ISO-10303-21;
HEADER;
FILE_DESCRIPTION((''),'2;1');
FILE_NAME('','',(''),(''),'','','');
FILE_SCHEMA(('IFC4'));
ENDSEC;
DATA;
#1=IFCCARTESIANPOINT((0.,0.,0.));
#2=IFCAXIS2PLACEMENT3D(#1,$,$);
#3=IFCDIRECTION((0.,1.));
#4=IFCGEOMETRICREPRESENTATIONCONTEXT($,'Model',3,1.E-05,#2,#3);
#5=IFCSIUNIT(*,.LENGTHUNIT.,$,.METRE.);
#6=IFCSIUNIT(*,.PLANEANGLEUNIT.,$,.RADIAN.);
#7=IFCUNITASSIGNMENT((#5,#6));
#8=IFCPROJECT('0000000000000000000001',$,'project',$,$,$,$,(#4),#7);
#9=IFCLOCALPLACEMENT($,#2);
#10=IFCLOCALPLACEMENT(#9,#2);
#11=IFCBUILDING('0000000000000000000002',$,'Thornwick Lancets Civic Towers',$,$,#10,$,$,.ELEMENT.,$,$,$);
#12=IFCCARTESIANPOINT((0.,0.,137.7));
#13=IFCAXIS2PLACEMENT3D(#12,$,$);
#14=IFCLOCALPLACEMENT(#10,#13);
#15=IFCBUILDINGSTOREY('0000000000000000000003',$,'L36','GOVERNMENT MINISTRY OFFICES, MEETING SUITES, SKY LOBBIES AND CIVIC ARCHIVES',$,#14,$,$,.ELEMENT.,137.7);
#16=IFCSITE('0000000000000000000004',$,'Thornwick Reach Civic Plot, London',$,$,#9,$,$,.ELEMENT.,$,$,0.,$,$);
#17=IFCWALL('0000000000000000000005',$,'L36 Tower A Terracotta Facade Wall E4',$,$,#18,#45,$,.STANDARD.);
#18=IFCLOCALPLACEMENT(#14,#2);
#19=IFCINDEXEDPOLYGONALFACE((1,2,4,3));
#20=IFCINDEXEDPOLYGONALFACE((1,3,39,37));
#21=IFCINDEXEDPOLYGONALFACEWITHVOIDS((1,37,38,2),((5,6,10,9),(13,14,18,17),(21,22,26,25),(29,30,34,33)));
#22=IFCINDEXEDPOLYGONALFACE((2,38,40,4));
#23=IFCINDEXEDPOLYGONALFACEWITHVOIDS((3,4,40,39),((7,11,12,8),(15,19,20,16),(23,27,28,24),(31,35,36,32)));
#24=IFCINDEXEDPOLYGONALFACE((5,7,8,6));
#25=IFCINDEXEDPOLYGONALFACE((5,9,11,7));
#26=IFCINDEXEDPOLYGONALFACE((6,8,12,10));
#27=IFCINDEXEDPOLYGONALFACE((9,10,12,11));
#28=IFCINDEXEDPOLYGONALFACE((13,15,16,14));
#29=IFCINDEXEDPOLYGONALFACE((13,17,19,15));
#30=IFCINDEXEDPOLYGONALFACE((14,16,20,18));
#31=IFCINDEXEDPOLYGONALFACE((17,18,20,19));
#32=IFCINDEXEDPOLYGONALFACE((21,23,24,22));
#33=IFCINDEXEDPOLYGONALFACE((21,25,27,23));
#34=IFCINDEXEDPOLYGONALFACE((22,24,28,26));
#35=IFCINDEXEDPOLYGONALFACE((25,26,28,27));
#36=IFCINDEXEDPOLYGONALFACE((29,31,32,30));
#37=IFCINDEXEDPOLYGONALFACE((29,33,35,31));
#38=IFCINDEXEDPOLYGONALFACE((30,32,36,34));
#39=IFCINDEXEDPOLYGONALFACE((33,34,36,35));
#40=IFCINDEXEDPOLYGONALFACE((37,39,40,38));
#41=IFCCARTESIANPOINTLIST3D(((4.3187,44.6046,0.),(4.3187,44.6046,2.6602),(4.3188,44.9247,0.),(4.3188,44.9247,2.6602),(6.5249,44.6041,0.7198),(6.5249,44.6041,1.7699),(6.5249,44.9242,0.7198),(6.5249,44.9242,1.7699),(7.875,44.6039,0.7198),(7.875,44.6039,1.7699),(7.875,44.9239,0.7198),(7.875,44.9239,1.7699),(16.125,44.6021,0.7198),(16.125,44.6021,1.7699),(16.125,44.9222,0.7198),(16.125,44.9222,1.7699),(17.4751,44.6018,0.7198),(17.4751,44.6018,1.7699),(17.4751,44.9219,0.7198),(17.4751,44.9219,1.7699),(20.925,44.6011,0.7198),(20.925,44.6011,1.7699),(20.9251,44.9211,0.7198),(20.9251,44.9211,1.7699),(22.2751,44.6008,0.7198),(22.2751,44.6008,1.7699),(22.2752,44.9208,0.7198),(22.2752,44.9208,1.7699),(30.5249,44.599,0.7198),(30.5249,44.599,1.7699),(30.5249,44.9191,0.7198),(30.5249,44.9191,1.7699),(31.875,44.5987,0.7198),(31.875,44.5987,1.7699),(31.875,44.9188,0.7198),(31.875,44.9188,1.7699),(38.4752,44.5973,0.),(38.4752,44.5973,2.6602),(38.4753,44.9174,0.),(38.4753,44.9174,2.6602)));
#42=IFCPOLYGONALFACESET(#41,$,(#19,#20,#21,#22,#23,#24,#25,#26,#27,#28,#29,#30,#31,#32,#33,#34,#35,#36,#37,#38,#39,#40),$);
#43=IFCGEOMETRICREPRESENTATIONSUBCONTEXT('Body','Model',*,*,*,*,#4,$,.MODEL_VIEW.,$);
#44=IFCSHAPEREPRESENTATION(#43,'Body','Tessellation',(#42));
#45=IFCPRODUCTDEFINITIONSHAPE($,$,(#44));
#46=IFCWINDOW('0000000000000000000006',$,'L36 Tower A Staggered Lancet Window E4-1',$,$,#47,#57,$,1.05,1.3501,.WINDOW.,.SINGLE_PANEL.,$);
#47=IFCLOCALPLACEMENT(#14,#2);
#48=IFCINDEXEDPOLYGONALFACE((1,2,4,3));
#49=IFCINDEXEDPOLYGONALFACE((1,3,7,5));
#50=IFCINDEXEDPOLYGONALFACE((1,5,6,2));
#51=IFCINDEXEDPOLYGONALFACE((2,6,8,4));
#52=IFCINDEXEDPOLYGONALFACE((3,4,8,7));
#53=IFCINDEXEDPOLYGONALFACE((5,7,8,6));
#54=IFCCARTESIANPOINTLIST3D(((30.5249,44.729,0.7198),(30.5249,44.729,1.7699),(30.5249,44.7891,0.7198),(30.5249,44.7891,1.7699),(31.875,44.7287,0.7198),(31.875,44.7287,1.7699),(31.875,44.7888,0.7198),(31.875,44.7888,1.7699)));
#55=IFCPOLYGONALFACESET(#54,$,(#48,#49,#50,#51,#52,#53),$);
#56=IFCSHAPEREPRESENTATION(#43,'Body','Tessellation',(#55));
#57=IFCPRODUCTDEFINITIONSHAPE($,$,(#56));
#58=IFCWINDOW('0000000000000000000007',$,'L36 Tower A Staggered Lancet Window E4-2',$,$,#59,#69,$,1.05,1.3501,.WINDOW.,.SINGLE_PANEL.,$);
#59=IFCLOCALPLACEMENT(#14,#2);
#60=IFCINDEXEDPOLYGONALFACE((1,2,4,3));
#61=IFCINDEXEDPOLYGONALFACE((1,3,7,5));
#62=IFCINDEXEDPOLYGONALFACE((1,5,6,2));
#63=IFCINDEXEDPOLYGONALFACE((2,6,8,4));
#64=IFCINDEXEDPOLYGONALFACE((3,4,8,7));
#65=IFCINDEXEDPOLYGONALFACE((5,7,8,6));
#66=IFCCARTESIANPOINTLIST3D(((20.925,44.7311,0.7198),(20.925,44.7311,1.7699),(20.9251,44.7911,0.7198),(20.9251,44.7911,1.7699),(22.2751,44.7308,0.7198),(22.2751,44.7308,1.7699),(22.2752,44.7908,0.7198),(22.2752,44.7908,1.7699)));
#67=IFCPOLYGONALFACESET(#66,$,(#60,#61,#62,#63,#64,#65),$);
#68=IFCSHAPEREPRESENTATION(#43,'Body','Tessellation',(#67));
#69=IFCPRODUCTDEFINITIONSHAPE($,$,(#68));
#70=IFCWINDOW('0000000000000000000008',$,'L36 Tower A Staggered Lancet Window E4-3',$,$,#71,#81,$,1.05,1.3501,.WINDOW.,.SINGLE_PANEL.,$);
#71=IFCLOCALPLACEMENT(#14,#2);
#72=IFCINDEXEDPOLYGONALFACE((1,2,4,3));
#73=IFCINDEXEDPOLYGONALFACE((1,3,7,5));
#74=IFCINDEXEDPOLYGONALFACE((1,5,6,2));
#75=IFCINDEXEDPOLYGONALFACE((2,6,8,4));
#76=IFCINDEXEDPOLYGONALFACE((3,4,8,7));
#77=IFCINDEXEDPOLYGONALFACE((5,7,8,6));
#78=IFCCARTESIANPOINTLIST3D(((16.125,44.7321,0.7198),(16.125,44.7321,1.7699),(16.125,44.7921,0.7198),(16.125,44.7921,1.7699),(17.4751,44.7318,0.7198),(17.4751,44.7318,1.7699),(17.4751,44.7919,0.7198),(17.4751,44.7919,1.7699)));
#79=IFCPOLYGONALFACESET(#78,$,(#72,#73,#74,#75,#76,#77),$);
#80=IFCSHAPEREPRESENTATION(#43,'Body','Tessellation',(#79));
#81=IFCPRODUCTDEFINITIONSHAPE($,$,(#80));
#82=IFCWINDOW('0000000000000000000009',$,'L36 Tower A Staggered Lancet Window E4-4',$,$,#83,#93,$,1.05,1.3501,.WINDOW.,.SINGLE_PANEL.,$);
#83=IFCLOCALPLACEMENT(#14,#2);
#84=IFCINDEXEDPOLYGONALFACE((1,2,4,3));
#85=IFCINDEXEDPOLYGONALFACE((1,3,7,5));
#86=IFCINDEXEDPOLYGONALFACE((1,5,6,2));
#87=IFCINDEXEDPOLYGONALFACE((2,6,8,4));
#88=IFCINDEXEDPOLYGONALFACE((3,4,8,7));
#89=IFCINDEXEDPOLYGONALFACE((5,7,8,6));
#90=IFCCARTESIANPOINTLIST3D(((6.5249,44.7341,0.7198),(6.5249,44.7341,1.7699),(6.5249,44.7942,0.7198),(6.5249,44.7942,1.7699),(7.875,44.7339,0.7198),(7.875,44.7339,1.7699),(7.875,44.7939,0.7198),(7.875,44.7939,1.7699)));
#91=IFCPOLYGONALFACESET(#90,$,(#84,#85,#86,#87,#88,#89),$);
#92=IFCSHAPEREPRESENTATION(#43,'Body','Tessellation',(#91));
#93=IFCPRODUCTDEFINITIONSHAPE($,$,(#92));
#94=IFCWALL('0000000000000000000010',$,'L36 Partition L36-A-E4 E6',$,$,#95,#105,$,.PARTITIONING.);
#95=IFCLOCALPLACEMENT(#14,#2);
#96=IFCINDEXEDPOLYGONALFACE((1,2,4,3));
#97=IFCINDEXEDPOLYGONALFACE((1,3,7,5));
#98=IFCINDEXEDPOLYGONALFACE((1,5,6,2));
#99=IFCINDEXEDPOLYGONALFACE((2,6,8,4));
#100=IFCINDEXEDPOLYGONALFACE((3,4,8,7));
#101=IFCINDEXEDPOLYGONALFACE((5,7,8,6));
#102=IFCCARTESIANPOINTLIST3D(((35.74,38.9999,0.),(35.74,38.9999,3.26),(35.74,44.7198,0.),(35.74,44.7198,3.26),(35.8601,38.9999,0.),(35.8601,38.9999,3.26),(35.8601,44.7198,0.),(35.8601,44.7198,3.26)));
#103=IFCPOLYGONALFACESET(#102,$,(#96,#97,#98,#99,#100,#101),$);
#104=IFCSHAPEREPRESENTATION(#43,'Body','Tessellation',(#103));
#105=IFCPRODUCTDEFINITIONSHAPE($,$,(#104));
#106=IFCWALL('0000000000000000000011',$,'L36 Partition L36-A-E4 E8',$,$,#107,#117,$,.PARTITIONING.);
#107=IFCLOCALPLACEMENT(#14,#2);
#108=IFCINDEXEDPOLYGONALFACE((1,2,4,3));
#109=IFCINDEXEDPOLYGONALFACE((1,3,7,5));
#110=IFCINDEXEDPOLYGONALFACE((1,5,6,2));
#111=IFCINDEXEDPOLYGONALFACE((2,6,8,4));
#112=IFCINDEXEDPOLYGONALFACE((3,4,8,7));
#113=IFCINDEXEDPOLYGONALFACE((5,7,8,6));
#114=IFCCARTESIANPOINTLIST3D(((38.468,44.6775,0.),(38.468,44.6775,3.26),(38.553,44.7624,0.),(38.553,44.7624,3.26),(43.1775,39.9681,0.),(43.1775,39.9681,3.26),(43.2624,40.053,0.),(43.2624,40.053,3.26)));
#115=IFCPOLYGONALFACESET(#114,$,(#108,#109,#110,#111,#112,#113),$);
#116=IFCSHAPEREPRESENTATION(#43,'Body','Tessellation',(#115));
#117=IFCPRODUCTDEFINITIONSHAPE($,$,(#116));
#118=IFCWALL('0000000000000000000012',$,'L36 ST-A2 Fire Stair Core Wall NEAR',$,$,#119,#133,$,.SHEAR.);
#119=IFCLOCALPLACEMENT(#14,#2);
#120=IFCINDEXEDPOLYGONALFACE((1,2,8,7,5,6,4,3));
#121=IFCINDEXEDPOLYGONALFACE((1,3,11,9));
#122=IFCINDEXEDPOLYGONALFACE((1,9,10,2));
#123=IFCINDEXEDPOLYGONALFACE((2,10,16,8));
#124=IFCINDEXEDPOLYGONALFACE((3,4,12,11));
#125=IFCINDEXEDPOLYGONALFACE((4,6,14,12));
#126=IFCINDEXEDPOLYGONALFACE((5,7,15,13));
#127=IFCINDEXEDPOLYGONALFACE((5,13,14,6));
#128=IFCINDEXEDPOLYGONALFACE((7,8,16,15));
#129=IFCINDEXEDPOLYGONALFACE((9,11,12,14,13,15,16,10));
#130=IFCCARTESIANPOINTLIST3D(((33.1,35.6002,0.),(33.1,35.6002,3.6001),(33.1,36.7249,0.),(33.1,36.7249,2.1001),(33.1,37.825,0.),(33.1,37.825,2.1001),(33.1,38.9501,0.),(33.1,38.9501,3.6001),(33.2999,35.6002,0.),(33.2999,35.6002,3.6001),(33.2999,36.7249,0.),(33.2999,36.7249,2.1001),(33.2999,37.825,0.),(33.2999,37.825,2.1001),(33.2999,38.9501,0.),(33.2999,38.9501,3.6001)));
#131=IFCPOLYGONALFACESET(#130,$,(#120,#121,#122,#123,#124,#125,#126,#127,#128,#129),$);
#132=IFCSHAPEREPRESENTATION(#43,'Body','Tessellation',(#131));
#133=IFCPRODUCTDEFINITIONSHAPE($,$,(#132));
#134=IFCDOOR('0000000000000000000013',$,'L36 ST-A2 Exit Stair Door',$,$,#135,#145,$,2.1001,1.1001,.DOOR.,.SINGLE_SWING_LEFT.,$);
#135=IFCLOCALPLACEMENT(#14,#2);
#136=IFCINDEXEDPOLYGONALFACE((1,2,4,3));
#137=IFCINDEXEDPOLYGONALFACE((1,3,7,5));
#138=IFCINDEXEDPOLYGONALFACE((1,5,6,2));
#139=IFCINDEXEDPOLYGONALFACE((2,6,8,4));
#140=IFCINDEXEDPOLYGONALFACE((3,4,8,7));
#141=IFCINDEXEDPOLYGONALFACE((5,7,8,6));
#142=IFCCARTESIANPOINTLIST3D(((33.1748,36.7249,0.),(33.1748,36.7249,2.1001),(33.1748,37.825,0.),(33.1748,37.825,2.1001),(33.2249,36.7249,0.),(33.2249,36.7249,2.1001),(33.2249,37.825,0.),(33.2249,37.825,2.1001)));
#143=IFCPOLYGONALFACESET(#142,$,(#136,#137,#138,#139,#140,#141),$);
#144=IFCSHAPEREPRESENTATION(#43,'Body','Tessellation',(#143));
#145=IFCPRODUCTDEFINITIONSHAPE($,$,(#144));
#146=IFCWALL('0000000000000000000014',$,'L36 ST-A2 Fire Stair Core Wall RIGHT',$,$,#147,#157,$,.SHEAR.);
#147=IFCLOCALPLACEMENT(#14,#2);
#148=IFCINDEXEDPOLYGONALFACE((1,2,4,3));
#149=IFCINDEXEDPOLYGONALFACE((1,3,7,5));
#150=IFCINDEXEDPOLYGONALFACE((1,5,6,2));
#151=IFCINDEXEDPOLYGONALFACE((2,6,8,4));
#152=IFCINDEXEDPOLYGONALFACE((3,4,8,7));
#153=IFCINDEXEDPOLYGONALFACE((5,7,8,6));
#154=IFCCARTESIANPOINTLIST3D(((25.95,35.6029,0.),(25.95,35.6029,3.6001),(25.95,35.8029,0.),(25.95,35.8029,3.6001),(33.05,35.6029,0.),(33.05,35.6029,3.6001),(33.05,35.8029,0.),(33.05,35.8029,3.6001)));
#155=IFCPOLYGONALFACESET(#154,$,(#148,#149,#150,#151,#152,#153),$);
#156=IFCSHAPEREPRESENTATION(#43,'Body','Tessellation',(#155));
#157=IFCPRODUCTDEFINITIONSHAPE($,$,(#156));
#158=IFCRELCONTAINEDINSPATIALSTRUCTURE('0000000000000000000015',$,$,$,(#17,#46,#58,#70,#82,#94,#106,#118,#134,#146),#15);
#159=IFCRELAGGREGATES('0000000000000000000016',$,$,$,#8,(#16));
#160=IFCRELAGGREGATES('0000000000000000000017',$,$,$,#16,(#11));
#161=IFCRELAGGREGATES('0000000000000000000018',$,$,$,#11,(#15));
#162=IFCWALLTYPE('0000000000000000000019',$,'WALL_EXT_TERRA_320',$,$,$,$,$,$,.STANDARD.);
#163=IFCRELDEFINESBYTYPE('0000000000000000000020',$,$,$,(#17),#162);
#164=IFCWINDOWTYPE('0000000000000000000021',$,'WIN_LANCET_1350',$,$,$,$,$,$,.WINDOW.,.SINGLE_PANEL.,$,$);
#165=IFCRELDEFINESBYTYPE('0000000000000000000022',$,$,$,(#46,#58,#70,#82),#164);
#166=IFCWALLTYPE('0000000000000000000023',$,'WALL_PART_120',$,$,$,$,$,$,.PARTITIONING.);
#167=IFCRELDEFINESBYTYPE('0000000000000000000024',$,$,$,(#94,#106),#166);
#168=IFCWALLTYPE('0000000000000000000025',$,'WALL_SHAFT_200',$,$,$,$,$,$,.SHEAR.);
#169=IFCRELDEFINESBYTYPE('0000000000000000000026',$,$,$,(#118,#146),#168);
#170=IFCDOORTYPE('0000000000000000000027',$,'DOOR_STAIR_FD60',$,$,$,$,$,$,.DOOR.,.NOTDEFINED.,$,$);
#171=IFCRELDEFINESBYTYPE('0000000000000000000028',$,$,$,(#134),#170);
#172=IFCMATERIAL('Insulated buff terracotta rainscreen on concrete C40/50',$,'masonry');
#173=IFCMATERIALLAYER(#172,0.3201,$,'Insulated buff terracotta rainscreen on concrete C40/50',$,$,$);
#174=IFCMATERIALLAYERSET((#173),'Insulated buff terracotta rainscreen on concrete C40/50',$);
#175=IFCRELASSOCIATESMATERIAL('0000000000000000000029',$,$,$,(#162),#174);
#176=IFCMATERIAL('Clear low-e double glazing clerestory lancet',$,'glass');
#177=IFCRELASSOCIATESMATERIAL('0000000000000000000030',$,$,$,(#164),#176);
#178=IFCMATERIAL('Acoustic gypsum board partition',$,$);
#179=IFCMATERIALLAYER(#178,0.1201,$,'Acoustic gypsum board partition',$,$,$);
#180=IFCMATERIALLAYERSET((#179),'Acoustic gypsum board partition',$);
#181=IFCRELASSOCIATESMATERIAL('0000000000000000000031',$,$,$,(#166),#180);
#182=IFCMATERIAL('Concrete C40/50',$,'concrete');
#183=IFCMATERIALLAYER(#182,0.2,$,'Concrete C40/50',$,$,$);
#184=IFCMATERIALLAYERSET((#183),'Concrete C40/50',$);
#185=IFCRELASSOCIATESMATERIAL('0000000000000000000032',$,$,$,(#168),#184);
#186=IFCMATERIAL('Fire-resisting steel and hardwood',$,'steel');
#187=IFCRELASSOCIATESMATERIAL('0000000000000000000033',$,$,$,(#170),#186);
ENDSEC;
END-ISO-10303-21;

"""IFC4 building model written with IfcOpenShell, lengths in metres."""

from ifc_helpers import new_model, si_unit, direction, frame, frame_2d, origin, place, context, subcontext, project, spatial, rectangle, extrude, material, layer, layer_set, type_object, element, fill, save


model = new_model("IFC4")

# Units and contexts
model_context = context("Model", 3, precision=1e-05, world=origin(), true_north=direction((0.0, 1.0)))
body_context = subcontext(model_context, "Body", "Model", "MODEL_VIEW")
ifc_project = project(units=[si_unit("LENGTHUNIT", "METRE"), si_unit("PLANEANGLEUNIT", "RADIAN")], contexts=[model_context])

# Site, building, storey
site_placement = place(None, origin())
site = spatial("IfcSite", under=ifc_project, at=site_placement, Name="Thornwick Reach Civic Plot, London", CompositionType="ELEMENT", RefElevation=0.0)
building_placement = place(site_placement, origin())
building = spatial("IfcBuilding", under=site, at=building_placement, Name="Thornwick Lancets Civic Towers", CompositionType="ELEMENT")
storey_placement = place(building_placement, frame((0.0, 0.0, 137.7)))
storey = spatial("IfcBuildingStorey", under=building, at=storey_placement, Name="L36", Description="GOVERNMENT MINISTRY OFFICES, MEETING SUITES, SKY LOBBIES AND CIVIC ARCHIVES", CompositionType="ELEMENT", Elevation=137.7)

# Shared definitions
ifc_material_1 = material(Name="Concrete C40/50", Category="concrete")

# Wall, openings, windows
ifc_material_2 = material(Name="Insulated buff terracotta rainscreen on concrete C40/50", Category="masonry")
ifc_layer_1 = layer(ifc_material_2, 0.3201, Name="Insulated buff terracotta rainscreen on concrete C40/50")
ifc_layer_set_1 = layer_set([ifc_layer_1], Name="Insulated buff terracotta rainscreen on concrete C40/50")
wall_type_1 = type_object("IfcWallType", Name="WALL_EXT_TERRA_320", PredefinedType="STANDARD", material=ifc_layer_set_1)
wall_1_placement = place(storey_placement, frame((38.4751, 44.7573, 0.0), z_axis=(0.0, 0.0, 1.0), x_axis=(-1.0, 0.000214, 0.0)))
wall_1 = element("IfcWall", 1, at=wall_1_placement, inside=storey, type_object=wall_type_1, Name="L36 Tower A Terracotta Facade Wall E4", PredefinedType="STANDARD", context=body_context, shape_type="SweptSolid", body=[
    extrude(rectangle(XDim=34.1565, YDim=0.3201, at=frame_2d((17.0781, 0.0))), origin(), (0.0, 0.0, 1.0), 2.6602),
])
opening_1_placement = place(wall_1_placement, frame((6.6001, 0.0, 0.72)))
opening_1 = element("IfcOpeningElement", 2, at=opening_1_placement, cuts=wall_1, PredefinedType="OPENING", context=body_context, shape_type="SweptSolid", body=[
    extrude(rectangle(XDim=1.3501, YDim=1.05, at=frame_2d((0.675, 0.5249))), frame((0.0, 0.1699, 0.0), z_axis=(0.0, -1.0, 0.0), x_axis=(1.0, 0.0, 0.0)), (0.0, 0.0, 1.0), 0.3401),
])
opening_2_placement = place(wall_1_placement, frame((16.2, 0.0, 0.72)))
opening_2 = element("IfcOpeningElement", 3, at=opening_2_placement, cuts=wall_1, PredefinedType="OPENING", context=body_context, shape_type="SweptSolid", body=[
    extrude(rectangle(XDim=1.3501, YDim=1.05, at=frame_2d((0.675, 0.5249))), frame((0.0, 0.1699, 0.0), z_axis=(0.0, -1.0, 0.0), x_axis=(1.0, 0.0, 0.0)), (0.0, 0.0, 1.0), 0.3401),
])
opening_3_placement = place(wall_1_placement, frame((21.0, 0.0, 0.72)))
opening_3 = element("IfcOpeningElement", 4, at=opening_3_placement, cuts=wall_1, PredefinedType="OPENING", context=body_context, shape_type="SweptSolid", body=[
    extrude(rectangle(XDim=1.3501, YDim=1.05, at=frame_2d((0.675, 0.5249))), frame((0.0, 0.1699, 0.0), z_axis=(0.0, -1.0, 0.0), x_axis=(1.0, 0.0, 0.0)), (0.0, 0.0, 1.0), 0.3401),
])
opening_4_placement = place(wall_1_placement, frame((30.6001, 0.0, 0.72)))
opening_4 = element("IfcOpeningElement", 5, at=opening_4_placement, cuts=wall_1, PredefinedType="OPENING", context=body_context, shape_type="SweptSolid", body=[
    extrude(rectangle(XDim=1.3501, YDim=1.05, at=frame_2d((0.675, 0.5249))), frame((0.0, 0.1699, 0.0), z_axis=(0.0, -1.0, 0.0), x_axis=(1.0, 0.0, 0.0)), (0.0, 0.0, 1.0), 0.3401),
])
ifc_material_3 = material(Name="Clear low-e double glazing clerestory lancet", Category="glass")
window_type = type_object("IfcWindowType", Name="WIN_LANCET_1350", PartitioningType="SINGLE_PANEL", PredefinedType="WINDOW", material=ifc_material_3)
window_1_placement = place(opening_1_placement, origin())
window_1 = element("IfcWindow", 6, at=window_1_placement, inside=storey, type_object=window_type, Name="L36 Tower A Staggered Lancet Window E4-1", OverallHeight=1.05, OverallWidth=1.3501, PartitioningType="SINGLE_PANEL", PredefinedType="WINDOW", context=body_context, shape_type="SweptSolid", body=[
    extrude(rectangle(XDim=1.3501, YDim=1.05, at=frame_2d((0.675, 0.5249))), frame((0.0, 0.03, 0.0), z_axis=(0.0, -1.0, 0.0), x_axis=(1.0, 0.0, 0.0)), (0.0, 0.0, 1.0), 0.0601),
])
fill(opening_1, window_1)
window_2_placement = place(opening_2_placement, origin())
window_2 = element("IfcWindow", 7, at=window_2_placement, inside=storey, type_object=window_type, Name="L36 Tower A Staggered Lancet Window E4-2", OverallHeight=1.05, OverallWidth=1.3501, PartitioningType="SINGLE_PANEL", PredefinedType="WINDOW", context=body_context, shape_type="SweptSolid", body=[
    extrude(rectangle(XDim=1.3501, YDim=1.05, at=frame_2d((0.675, 0.5249))), frame((0.0, 0.03, 0.0), z_axis=(0.0, -1.0, 0.0), x_axis=(1.0, 0.0, 0.0)), (0.0, 0.0, 1.0), 0.0601),
])
fill(opening_2, window_2)
window_3_placement = place(opening_3_placement, origin())
window_3 = element("IfcWindow", 8, at=window_3_placement, inside=storey, type_object=window_type, Name="L36 Tower A Staggered Lancet Window E4-3", OverallHeight=1.05, OverallWidth=1.3501, PartitioningType="SINGLE_PANEL", PredefinedType="WINDOW", context=body_context, shape_type="SweptSolid", body=[
    extrude(rectangle(XDim=1.3501, YDim=1.05, at=frame_2d((0.675, 0.5249))), frame((0.0, 0.03, 0.0), z_axis=(0.0, -1.0, 0.0), x_axis=(1.0, 0.0, 0.0)), (0.0, 0.0, 1.0), 0.0601),
])
fill(opening_3, window_3)
window_4_placement = place(opening_4_placement, origin())
window_4 = element("IfcWindow", 9, at=window_4_placement, inside=storey, type_object=window_type, Name="L36 Tower A Staggered Lancet Window E4-4", OverallHeight=1.05, OverallWidth=1.3501, PartitioningType="SINGLE_PANEL", PredefinedType="WINDOW", context=body_context, shape_type="SweptSolid", body=[
    extrude(rectangle(XDim=1.3501, YDim=1.05, at=frame_2d((0.675, 0.5249))), frame((0.0, 0.03, 0.0), z_axis=(0.0, -1.0, 0.0), x_axis=(1.0, 0.0, 0.0)), (0.0, 0.0, 1.0), 0.0601),
])
fill(opening_4, window_4)

# Walls
ifc_material_4 = material(Name="Acoustic gypsum board partition")
ifc_layer_2 = layer(ifc_material_4, 0.1201, Name="Acoustic gypsum board partition")
ifc_layer_set_2 = layer_set([ifc_layer_2], Name="Acoustic gypsum board partition")
wall_type_2 = type_object("IfcWallType", Name="WALL_PART_120", PredefinedType="PARTITIONING", material=ifc_layer_set_2)
wall_2_placement = place(storey_placement, frame((35.8, 39.0, 0.0), z_axis=(0.0, 0.0, 1.0), x_axis=(0.0, 1.0, 0.0)))
element("IfcWall", 10, at=wall_2_placement, inside=storey, type_object=wall_type_2, Name="L36 Partition L36-A-E4 E6", PredefinedType="PARTITIONING", context=body_context, shape_type="SweptSolid", body=[
    extrude(rectangle(XDim=5.72, YDim=0.1201, at=frame_2d((2.8599, 0.0))), origin(), (0.0, 0.0, 1.0), 3.26),
])
wall_3_placement = place(storey_placement, frame((38.5105, 44.72, 0.0), z_axis=(0.0, 0.0, 1.0), x_axis=(0.707107, -0.707107, 0.0)))
element("IfcWall", 11, at=wall_3_placement, inside=storey, type_object=wall_type_2, Name="L36 Partition L36-A-E4 E8", PredefinedType="PARTITIONING", context=body_context, shape_type="SweptSolid", body=[
    extrude(rectangle(XDim=6.6602, YDim=0.1201, at=frame_2d((3.3301, 0.0))), origin(), (0.0, 0.0, 1.0), 3.26),
])

# Wall, opening, door
ifc_layer_3 = layer(ifc_material_1, 0.2, Name="Concrete C40/50")
ifc_layer_set_3 = layer_set([ifc_layer_3], Name="Concrete C40/50")
wall_type_3 = type_object("IfcWallType", Name="WALL_SHAFT_200", PredefinedType="SHEAR", material=ifc_layer_set_3)
wall_4_placement = place(storey_placement, frame((33.2, 38.95, 0.0), z_axis=(0.0, 0.0, 1.0), x_axis=(0.0, -1.0, 0.0)))
wall_4 = element("IfcWall", 12, at=wall_4_placement, inside=storey, type_object=wall_type_3, Name="L36 ST-A2 Fire Stair Core Wall NEAR", PredefinedType="SHEAR", context=body_context, shape_type="SweptSolid", body=[
    extrude(rectangle(XDim=3.3499, YDim=0.2, at=frame_2d((1.6748, 0.0))), origin(), (0.0, 0.0, 1.0), 3.6001),
])
opening_5_placement = place(wall_4_placement, frame((1.125, 0.0, 0.0)))
opening_5 = element("IfcOpeningElement", 13, at=opening_5_placement, cuts=wall_4, PredefinedType="OPENING", context=body_context, shape_type="SweptSolid", body=[
    extrude(rectangle(XDim=1.1001, YDim=2.1001, at=frame_2d((0.55, 1.05))), frame((0.0, 0.1099, 0.0), z_axis=(0.0, -1.0, 0.0), x_axis=(1.0, 0.0, 0.0)), (0.0, 0.0, 1.0), 0.22),
])
ifc_material_5 = material(Name="Fire-resisting steel and hardwood", Category="steel")
door_type = type_object("IfcDoorType", Name="DOOR_STAIR_FD60", OperationType="NOTDEFINED", PredefinedType="DOOR", material=ifc_material_5)
door_placement = place(opening_5_placement, origin())
door = element("IfcDoor", 14, at=door_placement, inside=storey, type_object=door_type, Name="L36 ST-A2 Exit Stair Door", OperationType="SINGLE_SWING_LEFT", OverallHeight=2.1001, OverallWidth=1.1001, PredefinedType="DOOR", context=body_context, shape_type="SweptSolid", body=[
    extrude(rectangle(XDim=1.1001, YDim=2.1001, at=frame_2d((0.55, 1.05))), frame((0.0, 0.0249, 0.0), z_axis=(0.0, -1.0, 0.0), x_axis=(1.0, 0.0, 0.0)), (0.0, 0.0, 1.0), 0.05),
])
fill(opening_5, door)

# Wall
wall_5_placement = place(storey_placement, frame((25.95, 35.7029, 0.0), z_axis=(0.0, 0.0, 1.0), x_axis=(1.0, 0.0, 0.0)))
element("IfcWall", 15, at=wall_5_placement, inside=storey, type_object=wall_type_3, Name="L36 ST-A2 Fire Stair Core Wall RIGHT", PredefinedType="SHEAR", context=body_context, shape_type="SweptSolid", body=[
    extrude(rectangle(XDim=7.1001, YDim=0.2, at=frame_2d((3.55, 0.0))), origin(), (0.0, 0.0, 1.0), 3.6001),
])

save(model, "model.ifc")
